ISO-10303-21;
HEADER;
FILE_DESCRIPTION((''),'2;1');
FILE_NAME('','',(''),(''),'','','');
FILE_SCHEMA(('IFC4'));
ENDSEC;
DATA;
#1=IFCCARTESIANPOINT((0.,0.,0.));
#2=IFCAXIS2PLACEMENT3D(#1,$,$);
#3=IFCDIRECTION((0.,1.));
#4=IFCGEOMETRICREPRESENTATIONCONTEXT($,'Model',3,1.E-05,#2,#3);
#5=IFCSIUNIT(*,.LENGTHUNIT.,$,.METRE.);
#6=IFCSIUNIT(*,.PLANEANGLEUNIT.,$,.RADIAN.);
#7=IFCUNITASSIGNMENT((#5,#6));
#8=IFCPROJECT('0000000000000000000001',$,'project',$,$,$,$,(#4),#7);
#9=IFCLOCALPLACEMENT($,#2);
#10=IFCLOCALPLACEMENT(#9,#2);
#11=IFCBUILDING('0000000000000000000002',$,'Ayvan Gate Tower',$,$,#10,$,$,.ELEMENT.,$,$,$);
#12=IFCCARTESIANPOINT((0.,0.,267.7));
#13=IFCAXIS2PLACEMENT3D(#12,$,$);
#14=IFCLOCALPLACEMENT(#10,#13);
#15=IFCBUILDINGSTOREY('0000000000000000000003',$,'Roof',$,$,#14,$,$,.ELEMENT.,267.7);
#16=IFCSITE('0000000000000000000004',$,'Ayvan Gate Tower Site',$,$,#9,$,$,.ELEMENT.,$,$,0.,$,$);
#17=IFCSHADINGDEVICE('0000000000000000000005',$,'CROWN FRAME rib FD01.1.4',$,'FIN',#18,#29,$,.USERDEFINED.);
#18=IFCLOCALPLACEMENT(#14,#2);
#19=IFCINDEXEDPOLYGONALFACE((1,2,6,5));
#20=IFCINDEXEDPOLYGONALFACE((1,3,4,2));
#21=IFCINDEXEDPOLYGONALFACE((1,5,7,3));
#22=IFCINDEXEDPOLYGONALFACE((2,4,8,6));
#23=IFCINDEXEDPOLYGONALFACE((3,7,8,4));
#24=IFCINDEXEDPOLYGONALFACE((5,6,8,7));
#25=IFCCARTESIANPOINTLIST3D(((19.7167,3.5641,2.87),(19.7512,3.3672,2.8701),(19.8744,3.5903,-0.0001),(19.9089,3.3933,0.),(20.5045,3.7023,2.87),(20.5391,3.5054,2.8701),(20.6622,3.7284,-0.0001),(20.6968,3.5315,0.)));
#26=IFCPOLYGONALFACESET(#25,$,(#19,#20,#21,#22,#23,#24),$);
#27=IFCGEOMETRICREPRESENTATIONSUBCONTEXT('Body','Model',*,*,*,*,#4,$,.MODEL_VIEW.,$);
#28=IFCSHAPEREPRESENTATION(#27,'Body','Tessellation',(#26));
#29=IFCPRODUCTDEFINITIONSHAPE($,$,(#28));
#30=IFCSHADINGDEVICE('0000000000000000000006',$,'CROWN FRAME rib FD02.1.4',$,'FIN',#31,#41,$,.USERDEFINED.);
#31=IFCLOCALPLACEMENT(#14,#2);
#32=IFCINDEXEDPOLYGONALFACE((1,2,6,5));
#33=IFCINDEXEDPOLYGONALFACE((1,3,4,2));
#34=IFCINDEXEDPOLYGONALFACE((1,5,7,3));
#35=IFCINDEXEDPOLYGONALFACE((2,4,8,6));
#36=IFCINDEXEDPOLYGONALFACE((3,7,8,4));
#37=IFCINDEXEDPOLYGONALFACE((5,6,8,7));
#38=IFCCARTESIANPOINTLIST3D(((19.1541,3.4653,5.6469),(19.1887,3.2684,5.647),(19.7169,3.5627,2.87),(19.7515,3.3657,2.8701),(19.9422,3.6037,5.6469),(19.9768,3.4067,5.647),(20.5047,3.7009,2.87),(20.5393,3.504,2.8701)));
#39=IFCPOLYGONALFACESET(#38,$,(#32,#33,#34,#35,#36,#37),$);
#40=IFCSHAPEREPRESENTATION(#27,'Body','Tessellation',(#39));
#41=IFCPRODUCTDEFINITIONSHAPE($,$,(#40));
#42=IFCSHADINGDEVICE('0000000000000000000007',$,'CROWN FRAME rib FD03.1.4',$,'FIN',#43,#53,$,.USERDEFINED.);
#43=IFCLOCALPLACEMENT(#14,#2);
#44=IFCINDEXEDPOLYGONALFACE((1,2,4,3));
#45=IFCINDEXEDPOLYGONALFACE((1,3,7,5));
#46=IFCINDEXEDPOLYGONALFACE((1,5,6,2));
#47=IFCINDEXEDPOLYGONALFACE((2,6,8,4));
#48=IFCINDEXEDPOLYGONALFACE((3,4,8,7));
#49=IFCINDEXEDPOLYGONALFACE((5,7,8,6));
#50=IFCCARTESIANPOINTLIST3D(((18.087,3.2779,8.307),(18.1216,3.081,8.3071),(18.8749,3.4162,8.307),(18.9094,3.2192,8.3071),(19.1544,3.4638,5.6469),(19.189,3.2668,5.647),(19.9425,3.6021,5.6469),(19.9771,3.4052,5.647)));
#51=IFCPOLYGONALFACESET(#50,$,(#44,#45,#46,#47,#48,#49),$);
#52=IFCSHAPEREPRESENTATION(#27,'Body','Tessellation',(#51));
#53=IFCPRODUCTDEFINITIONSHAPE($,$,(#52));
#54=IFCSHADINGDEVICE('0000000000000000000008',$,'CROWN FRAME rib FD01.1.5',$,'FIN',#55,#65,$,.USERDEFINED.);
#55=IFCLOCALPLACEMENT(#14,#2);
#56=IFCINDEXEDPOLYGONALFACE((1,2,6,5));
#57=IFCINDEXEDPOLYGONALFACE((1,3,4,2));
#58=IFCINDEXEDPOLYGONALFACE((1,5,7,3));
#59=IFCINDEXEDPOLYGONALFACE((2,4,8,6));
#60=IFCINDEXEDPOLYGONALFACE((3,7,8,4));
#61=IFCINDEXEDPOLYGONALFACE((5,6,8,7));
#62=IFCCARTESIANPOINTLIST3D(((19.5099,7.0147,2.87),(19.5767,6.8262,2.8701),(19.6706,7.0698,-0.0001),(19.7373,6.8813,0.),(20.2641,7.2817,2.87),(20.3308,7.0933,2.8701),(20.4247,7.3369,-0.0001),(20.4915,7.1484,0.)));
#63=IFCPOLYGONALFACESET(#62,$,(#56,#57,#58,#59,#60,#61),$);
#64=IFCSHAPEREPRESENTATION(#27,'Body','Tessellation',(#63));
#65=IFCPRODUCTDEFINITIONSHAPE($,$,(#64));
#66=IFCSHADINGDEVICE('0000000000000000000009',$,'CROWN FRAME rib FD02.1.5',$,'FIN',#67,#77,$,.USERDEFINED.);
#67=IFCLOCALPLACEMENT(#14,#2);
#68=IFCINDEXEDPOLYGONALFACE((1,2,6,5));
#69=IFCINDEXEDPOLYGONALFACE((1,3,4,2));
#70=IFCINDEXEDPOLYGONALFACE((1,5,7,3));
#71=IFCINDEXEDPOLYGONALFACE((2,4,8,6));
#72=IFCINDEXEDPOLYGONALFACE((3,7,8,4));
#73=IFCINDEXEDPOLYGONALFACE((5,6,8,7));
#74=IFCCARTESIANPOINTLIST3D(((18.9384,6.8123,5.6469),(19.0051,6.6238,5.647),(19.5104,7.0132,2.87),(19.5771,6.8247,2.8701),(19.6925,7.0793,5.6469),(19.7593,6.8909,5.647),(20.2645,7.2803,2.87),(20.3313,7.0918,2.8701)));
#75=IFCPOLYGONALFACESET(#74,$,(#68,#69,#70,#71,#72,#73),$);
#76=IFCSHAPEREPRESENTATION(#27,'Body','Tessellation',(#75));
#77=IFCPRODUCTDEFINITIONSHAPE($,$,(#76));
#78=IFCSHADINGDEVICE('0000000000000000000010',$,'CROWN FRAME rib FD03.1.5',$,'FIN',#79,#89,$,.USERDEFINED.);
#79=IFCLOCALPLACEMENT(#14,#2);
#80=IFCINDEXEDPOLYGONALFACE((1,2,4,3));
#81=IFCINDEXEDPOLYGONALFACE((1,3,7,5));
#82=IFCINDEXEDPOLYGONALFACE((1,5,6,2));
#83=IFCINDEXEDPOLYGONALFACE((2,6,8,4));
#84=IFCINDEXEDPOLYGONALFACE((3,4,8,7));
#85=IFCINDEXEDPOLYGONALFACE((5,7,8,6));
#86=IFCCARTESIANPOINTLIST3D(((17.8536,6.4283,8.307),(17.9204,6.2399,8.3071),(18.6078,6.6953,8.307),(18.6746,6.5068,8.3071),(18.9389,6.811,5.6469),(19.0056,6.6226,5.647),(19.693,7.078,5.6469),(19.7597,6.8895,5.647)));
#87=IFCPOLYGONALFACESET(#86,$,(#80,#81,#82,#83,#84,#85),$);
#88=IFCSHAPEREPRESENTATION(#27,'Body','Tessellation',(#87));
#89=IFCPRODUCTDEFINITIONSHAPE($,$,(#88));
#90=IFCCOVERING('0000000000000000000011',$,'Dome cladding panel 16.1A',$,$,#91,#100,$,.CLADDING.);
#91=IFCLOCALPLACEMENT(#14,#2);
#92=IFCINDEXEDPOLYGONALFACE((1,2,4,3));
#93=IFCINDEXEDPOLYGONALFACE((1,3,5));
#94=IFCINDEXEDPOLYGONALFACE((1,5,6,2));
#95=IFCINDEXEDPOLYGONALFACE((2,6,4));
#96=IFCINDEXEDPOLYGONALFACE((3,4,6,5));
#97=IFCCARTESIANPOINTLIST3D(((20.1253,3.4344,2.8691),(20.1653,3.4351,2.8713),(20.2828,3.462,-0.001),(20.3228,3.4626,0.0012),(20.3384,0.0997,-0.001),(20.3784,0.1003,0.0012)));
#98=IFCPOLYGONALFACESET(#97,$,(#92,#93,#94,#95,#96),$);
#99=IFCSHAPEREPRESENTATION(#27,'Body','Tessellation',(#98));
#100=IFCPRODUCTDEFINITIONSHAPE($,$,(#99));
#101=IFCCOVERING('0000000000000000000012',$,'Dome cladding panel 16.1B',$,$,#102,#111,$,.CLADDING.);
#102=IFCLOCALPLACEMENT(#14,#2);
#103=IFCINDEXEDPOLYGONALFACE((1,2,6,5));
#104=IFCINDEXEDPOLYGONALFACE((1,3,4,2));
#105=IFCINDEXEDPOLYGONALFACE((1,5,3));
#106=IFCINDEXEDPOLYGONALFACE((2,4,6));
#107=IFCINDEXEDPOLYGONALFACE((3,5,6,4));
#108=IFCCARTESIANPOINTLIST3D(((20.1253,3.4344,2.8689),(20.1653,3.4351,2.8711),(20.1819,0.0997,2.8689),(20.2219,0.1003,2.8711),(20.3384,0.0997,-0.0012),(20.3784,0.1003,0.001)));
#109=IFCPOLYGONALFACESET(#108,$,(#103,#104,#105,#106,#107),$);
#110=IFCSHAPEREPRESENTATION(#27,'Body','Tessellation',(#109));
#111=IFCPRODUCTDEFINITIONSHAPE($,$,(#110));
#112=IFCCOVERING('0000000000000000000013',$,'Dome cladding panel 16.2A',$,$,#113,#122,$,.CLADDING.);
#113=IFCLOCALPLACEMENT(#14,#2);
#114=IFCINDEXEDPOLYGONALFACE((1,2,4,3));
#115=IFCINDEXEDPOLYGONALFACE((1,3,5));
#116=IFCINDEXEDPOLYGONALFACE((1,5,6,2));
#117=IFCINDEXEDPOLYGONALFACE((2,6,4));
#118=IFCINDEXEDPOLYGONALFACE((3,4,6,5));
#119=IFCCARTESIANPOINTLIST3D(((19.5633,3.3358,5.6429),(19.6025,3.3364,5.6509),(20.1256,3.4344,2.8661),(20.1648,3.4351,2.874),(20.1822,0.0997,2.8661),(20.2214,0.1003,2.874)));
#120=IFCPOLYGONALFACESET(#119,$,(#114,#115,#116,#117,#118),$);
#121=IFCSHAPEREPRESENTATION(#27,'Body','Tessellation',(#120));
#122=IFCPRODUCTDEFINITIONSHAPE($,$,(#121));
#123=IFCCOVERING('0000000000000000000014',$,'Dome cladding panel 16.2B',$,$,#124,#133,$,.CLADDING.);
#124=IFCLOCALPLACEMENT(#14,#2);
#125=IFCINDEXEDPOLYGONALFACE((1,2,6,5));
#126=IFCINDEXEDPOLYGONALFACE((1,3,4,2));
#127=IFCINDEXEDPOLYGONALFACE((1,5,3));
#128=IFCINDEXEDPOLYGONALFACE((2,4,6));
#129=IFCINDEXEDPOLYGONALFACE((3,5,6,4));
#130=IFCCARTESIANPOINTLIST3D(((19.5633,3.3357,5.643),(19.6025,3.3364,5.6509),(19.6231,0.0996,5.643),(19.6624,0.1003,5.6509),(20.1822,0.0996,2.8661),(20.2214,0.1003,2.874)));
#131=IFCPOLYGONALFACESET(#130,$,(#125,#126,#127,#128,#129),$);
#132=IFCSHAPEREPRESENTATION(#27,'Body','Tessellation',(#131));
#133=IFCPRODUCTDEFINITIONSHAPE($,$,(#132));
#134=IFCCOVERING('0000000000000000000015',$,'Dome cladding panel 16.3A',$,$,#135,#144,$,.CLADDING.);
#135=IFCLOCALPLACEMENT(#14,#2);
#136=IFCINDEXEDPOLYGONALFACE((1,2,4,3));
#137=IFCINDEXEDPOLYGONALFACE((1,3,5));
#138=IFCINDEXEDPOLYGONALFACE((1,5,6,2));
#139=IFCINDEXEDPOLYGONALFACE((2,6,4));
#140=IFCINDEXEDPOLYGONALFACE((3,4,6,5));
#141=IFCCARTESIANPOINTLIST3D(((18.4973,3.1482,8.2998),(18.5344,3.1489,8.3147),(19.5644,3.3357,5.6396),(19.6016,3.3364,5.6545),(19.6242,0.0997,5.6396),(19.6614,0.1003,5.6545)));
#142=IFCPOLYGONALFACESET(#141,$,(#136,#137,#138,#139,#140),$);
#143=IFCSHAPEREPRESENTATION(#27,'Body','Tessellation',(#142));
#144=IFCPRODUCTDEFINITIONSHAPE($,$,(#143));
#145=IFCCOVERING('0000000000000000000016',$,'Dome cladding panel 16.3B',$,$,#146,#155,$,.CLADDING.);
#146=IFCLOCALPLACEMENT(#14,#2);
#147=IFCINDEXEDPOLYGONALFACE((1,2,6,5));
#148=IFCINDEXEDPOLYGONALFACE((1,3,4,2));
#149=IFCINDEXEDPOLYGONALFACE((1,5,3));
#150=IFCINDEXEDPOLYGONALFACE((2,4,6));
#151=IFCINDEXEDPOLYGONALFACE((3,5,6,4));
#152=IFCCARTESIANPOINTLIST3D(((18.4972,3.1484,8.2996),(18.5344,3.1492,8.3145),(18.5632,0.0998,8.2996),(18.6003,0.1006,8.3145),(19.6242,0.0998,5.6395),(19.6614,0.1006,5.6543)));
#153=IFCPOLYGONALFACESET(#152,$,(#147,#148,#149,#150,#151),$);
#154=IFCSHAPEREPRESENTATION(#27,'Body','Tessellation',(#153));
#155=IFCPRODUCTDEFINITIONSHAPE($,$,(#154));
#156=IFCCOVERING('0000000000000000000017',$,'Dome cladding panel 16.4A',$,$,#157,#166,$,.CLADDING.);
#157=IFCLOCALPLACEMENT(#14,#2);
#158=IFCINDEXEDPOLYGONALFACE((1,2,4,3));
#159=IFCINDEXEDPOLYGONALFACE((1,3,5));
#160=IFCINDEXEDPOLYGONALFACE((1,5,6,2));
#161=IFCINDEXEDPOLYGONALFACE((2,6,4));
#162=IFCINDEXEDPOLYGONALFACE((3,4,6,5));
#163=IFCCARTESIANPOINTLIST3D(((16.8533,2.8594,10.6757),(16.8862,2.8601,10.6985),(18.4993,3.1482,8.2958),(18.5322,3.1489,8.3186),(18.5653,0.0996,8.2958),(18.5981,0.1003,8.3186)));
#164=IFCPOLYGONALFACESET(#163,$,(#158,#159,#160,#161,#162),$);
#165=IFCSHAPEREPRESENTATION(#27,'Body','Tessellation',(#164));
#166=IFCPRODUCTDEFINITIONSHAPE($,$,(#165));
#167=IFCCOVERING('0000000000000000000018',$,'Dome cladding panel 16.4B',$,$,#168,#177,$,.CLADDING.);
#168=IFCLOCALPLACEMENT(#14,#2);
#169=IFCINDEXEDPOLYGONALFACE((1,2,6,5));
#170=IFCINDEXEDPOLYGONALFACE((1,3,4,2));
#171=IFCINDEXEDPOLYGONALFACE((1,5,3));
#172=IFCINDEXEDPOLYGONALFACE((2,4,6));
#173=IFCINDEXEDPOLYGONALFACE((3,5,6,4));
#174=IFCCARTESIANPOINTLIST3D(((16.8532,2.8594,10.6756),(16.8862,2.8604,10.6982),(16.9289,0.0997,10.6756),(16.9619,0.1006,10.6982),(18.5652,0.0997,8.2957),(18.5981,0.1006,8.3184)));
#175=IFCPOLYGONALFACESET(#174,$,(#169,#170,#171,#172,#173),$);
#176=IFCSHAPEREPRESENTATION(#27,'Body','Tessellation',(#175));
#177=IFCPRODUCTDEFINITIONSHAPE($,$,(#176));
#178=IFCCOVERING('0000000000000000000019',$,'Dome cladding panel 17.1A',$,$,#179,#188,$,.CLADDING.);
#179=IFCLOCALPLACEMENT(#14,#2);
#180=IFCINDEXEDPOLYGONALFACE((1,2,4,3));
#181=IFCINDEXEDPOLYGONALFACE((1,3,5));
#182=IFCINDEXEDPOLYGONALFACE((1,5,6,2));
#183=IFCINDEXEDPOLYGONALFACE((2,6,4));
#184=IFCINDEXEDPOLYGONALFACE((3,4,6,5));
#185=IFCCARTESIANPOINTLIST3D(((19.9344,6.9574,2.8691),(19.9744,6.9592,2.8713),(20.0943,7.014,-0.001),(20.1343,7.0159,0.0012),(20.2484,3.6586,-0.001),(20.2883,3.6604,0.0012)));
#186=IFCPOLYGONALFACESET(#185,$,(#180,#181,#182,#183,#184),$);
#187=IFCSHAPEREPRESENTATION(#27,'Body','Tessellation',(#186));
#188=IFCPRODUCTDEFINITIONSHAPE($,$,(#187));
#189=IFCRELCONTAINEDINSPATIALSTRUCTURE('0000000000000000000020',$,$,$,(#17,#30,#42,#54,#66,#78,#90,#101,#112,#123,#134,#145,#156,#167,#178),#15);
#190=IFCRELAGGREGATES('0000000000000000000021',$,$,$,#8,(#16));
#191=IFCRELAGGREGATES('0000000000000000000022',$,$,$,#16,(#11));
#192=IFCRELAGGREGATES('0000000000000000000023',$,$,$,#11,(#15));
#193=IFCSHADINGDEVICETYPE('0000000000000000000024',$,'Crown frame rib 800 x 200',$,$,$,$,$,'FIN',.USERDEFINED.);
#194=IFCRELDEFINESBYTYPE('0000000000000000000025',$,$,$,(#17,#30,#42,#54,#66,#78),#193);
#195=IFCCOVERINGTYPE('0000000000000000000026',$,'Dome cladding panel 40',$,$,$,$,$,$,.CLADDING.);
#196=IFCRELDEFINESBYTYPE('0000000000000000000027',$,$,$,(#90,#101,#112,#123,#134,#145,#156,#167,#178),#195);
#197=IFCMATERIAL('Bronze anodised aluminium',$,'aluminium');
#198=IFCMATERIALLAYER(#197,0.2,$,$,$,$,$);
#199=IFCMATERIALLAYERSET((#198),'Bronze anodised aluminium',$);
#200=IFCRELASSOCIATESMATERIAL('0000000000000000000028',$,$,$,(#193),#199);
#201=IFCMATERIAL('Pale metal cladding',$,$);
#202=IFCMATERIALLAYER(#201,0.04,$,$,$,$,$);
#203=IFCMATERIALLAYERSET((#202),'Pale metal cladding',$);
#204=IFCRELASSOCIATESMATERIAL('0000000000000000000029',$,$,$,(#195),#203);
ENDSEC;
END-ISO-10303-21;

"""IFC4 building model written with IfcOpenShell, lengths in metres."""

from ifc_helpers import new_model, si_unit, direction, frame, origin, place, context, subcontext, project, spatial, polyline, outline, extrude, material, layer, layer_set, type_object, element, save


model = new_model("IFC4")

# Units and contexts
model_context = context("Model", 3, precision=1e-05, world=origin(), true_north=direction((0.0, 1.0)))
body_context = subcontext(model_context, "Body", "Model", "MODEL_VIEW")
ifc_project = project(units=[si_unit("LENGTHUNIT", "METRE"), si_unit("PLANEANGLEUNIT", "RADIAN")], contexts=[model_context])

# Site, building, storey
site_placement = place(None, origin())
site = spatial("IfcSite", under=ifc_project, at=site_placement, Name="Ayvan Gate Tower Site", CompositionType="ELEMENT", RefElevation=0.0)
building_placement = place(site_placement, origin())
building = spatial("IfcBuilding", under=site, at=building_placement, Name="Ayvan Gate Tower", CompositionType="ELEMENT")
storey_placement = place(building_placement, frame((0.0, 0.0, 267.7)))
storey = spatial("IfcBuildingStorey", under=building, at=storey_placement, Name="Roof", CompositionType="ELEMENT", Elevation=267.7)

# Shading devices
ifc_material_1 = material(Name="Bronze anodised aluminium", Category="aluminium")
ifc_layer_1 = layer(ifc_material_1, 0.2)
ifc_layer_set_1 = layer_set([ifc_layer_1], Name="Bronze anodised aluminium")
shading_device_type = type_object("IfcShadingDeviceType", Name="Crown frame rib 800 x 200", ElementType="FIN", PredefinedType="USERDEFINED", material=ifc_layer_set_1)
shading_device_1_placement = place(storey_placement, frame((19.9089, 3.3933, 0.0), z_axis=(0.172758, -0.984964, 0.000528), x_axis=(0.984964, 0.172758, 0.0)))
element("IfcShadingDevice", 1, at=shading_device_1_placement, inside=storey, type_object=shading_device_type, Name="CROWN FRAME rib FD01.1.4", ObjectType="FIN", PredefinedType="USERDEFINED", context=body_context, shape_type="SweptSolid", body=[
    extrude(outline(polyline([(0.0, 0.0), (0.7999, 0.0), (0.64, 2.8701), (-0.1599, 2.8701), (0.0, 0.0)])), origin(), (0.0, 0.0, -1.0), 0.2),
])
shading_device_2_placement = place(storey_placement, frame((19.7515, 3.3657, 2.8701), z_axis=(0.17288, -0.984943, 0.000519), x_axis=(0.984943, 0.17288, 0.0)))
element("IfcShadingDevice", 2, at=shading_device_2_placement, inside=storey, type_object=shading_device_type, Name="CROWN FRAME rib FD02.1.4", ObjectType="FIN", PredefinedType="USERDEFINED", context=body_context, shape_type="SweptSolid", body=[
    extrude(outline(polyline([(0.0, 0.0), (0.7999, 0.0), (0.229, 2.7769), (-0.5711, 2.7769), (0.0, 0.0)])), origin(), (0.0, 0.0, -1.0), 0.2),
])
shading_device_3_placement = place(storey_placement, frame((19.189, 3.2668, 5.647), z_axis=(0.17288, -0.984943, 0.00054), x_axis=(0.984943, 0.17288, 0.0)))
element("IfcShadingDevice", 3, at=shading_device_3_placement, inside=storey, type_object=shading_device_type, Name="CROWN FRAME rib FD03.1.4", ObjectType="FIN", PredefinedType="USERDEFINED", context=body_context, shape_type="SweptSolid", body=[
    extrude(outline(polyline([(0.0, 0.0), (0.8002, 0.0), (-0.2836, 2.6602), (-1.0834, 2.6602), (0.0, 0.0)])), origin(), (0.0, 0.0, -1.0), 0.2),
])
shading_device_4_placement = place(storey_placement, frame((19.7373, 6.8813, 0.0), z_axis=(0.333841, -0.942629, 0.000564), x_axis=(0.942629, 0.333841, 0.0)))
element("IfcShadingDevice", 4, at=shading_device_4_placement, inside=storey, type_object=shading_device_type, Name="CROWN FRAME rib FD01.1.5", ObjectType="FIN", PredefinedType="USERDEFINED", context=body_context, shape_type="SweptSolid", body=[
    extrude(outline(polyline([(0.0, 0.0), (0.8, 0.0), (0.6302, 2.8701), (-0.1698, 2.8701), (0.0, 0.0)])), origin(), (0.0, 0.0, -1.0), 0.2),
])
shading_device_5_placement = place(storey_placement, frame((19.5771, 6.8247, 2.8701), z_axis=(0.333841, -0.942629, 0.000563), x_axis=(0.942629, 0.333841, 0.0)))
element("IfcShadingDevice", 5, at=shading_device_5_placement, inside=storey, type_object=shading_device_type, Name="CROWN FRAME rib FD02.1.5", ObjectType="FIN", PredefinedType="USERDEFINED", context=body_context, shape_type="SweptSolid", body=[
    extrude(outline(polyline([(0.0, 0.0), (0.8, 0.0), (0.1938, 2.7769), (-0.6063, 2.7769), (0.0, 0.0)])), origin(), (0.0, 0.0, -1.0), 0.2),
])
shading_device_6_placement = place(storey_placement, frame((19.0056, 6.6226, 5.647), z_axis=(0.333706, -0.942677, 0.000521), x_axis=(0.942677, 0.333706, 0.0)))
element("IfcShadingDevice", 6, at=shading_device_6_placement, inside=storey, type_object=shading_device_type, Name="CROWN FRAME rib FD03.1.5", ObjectType="FIN", PredefinedType="USERDEFINED", context=body_context, shape_type="SweptSolid", body=[
    extrude(outline(polyline([(0.0, 0.0), (0.8, 0.0), (-0.3507, 2.6602), (-1.1507, 2.6602), (0.0, 0.0)])), origin(), (0.0, 0.0, -1.0), 0.2),
])

# Coverings
ifc_material_2 = material(Name="Pale metal cladding")
ifc_layer_2 = layer(ifc_material_2, 0.04)
ifc_layer_set_2 = layer_set([ifc_layer_2], Name="Pale metal cladding")
covering_type = type_object("IfcCoveringType", Name="Dome cladding panel 40", PredefinedType="CLADDING", material=ifc_layer_set_2)
covering_1_placement = place(storey_placement, frame((20.3784, 0.1003, 0.0012), z_axis=(0.998353, 0.016528, 0.054934), x_axis=(-0.016553, 0.999863, 0.0)))
element("IfcCovering", 7, at=covering_1_placement, inside=storey, type_object=covering_type, Name="Dome cladding panel 16.1A", PredefinedType="CLADDING", context=body_context, shape_type="SweptSolid", body=[
    extrude(outline(polyline([(0.0, 0.0), (3.3628, 0.0), (3.3378, 2.8745), (0.0, 0.0)])), origin(), (0.0, 0.0, -1.0), 0.04),
])
covering_2_placement = place(storey_placement, frame((20.3784, 0.1003, 0.001), z_axis=(0.998373, 0.016958, 0.054437), x_axis=(-0.048386, 0.757043, 0.651571)))
element("IfcCovering", 8, at=covering_2_placement, inside=storey, type_object=covering_type, Name="Dome cladding panel 16.1B", PredefinedType="CLADDING", context=body_context, shape_type="SweptSolid", body=[
    extrude(outline(polyline([(0.0, 0.0), (4.4049, 0.0), (1.8777, 2.1763), (0.0, 0.0)])), origin(), (0.0, 0.0, -1.0), 0.04),
])
covering_3_placement = place(storey_placement, frame((20.2214, 0.1003, 2.874), z_axis=(0.97986, 0.016643, 0.198992), x_axis=(-0.016983, 0.999856, 0.0)))
element("IfcCovering", 9, at=covering_3_placement, inside=storey, type_object=covering_type, Name="Dome cladding panel 16.2A", PredefinedType="CLADDING", context=body_context, shape_type="SweptSolid", body=[
    extrude(outline(polyline([(0.0, 0.0), (3.3352, 0.0), (3.2461, 2.8335), (0.0, 0.0)])), origin(), (0.0, 0.0, -1.0), 0.04),
])
covering_4_placement = place(storey_placement, frame((20.2214, 0.1003, 2.874), z_axis=(0.980167, 0.018117, 0.197343), x_axis=(-0.143634, 0.751032, 0.644454)))
element("IfcCovering", 10, at=covering_4_placement, inside=storey, type_object=covering_type, Name="Dome cladding panel 16.2B", PredefinedType="CLADDING", context=body_context, shape_type="SweptSolid", body=[
    extrude(outline(polyline([(0.0, 0.0), (4.3089, 0.0), (1.8699, 2.1277), (0.0, 0.0)])), origin(), (0.0, 0.0, -1.0), 0.04),
])
covering_5_placement = place(storey_placement, frame((19.6614, 0.1003, 5.6545), z_axis=(0.927552, 0.017144, 0.373302), x_axis=(-0.01848, 0.999829, 0.0)))
element("IfcCovering", 11, at=covering_5_placement, inside=storey, type_object=covering_type, Name="Dome cladding panel 16.3A", PredefinedType="CLADDING", context=body_context, shape_type="SweptSolid", body=[
    extrude(outline(polyline([(0.0, 0.0), (3.2366, 0.0), (3.0689, 2.8674), (0.0, 0.0)])), origin(), (0.0, 0.0, -1.0), 0.04),
])
covering_6_placement = place(storey_placement, frame((19.6614, 0.1006, 5.6543), z_axis=(0.928653, 0.02008, 0.370405), x_axis=(-0.26832, 0.725847, 0.633365)))
element("IfcCovering", 12, at=covering_6_placement, inside=storey, type_object=covering_type, Name="Dome cladding panel 16.3B", PredefinedType="CLADDING", context=body_context, shape_type="SweptSolid", body=[
    extrude(outline(polyline([(0.0, 0.0), (4.2, 0.0), (1.9695, 2.0792), (0.0, 0.0)])), origin(), (0.0, 0.0, -1.0), 0.04),
])
covering_7_placement = place(storey_placement, frame((18.5981, 0.1003, 8.3186), z_axis=(0.821314, 0.017759, 0.5702), x_axis=(-0.021617, 0.999766, 0.0)))
element("IfcCovering", 13, at=covering_7_placement, inside=storey, type_object=covering_type, Name="Dome cladding panel 16.4A", PredefinedType="CLADDING", context=body_context, shape_type="SweptSolid", body=[
    extrude(outline(polyline([(0.0, 0.0), (3.0493, 0.0), (2.7961, 2.897), (0.0, 0.0)])), origin(), (0.0, 0.0, -1.0), 0.04),
])
covering_8_placement = place(storey_placement, frame((18.5981, 0.1006, 8.3184), z_axis=(0.823822, 0.022592, 0.566399), x_axis=(-0.425187, 0.685441, 0.59109)))
element("IfcCovering", 14, at=covering_8_placement, inside=storey, type_object=covering_type, Name="Dome cladding panel 16.4B", PredefinedType="CLADDING", context=body_context, shape_type="SweptSolid", body=[
    extrude(outline(polyline([(0.0, 0.0), (4.0263, 0.0), (2.1024, 1.9801), (0.0, 0.0)])), origin(), (0.0, 0.0, -1.0), 0.04),
])
covering_9_placement = place(storey_placement, frame((20.2883, 3.6604, 0.0012), z_axis=(0.997354, 0.045789, 0.056472), x_axis=(-0.045863, 0.998948, 0.0)))
element("IfcCovering", 15, at=covering_9_placement, inside=storey, type_object=covering_type, Name="Dome cladding panel 17.1A", PredefinedType="CLADDING", context=body_context, shape_type="SweptSolid", body=[
    extrude(outline(polyline([(0.0, 0.0), (3.359, 0.0), (3.3098, 2.8747), (0.0, 0.0)])), origin(), (0.0, 0.0, -1.0), 0.04),
])

save(model, "model.ifc")
